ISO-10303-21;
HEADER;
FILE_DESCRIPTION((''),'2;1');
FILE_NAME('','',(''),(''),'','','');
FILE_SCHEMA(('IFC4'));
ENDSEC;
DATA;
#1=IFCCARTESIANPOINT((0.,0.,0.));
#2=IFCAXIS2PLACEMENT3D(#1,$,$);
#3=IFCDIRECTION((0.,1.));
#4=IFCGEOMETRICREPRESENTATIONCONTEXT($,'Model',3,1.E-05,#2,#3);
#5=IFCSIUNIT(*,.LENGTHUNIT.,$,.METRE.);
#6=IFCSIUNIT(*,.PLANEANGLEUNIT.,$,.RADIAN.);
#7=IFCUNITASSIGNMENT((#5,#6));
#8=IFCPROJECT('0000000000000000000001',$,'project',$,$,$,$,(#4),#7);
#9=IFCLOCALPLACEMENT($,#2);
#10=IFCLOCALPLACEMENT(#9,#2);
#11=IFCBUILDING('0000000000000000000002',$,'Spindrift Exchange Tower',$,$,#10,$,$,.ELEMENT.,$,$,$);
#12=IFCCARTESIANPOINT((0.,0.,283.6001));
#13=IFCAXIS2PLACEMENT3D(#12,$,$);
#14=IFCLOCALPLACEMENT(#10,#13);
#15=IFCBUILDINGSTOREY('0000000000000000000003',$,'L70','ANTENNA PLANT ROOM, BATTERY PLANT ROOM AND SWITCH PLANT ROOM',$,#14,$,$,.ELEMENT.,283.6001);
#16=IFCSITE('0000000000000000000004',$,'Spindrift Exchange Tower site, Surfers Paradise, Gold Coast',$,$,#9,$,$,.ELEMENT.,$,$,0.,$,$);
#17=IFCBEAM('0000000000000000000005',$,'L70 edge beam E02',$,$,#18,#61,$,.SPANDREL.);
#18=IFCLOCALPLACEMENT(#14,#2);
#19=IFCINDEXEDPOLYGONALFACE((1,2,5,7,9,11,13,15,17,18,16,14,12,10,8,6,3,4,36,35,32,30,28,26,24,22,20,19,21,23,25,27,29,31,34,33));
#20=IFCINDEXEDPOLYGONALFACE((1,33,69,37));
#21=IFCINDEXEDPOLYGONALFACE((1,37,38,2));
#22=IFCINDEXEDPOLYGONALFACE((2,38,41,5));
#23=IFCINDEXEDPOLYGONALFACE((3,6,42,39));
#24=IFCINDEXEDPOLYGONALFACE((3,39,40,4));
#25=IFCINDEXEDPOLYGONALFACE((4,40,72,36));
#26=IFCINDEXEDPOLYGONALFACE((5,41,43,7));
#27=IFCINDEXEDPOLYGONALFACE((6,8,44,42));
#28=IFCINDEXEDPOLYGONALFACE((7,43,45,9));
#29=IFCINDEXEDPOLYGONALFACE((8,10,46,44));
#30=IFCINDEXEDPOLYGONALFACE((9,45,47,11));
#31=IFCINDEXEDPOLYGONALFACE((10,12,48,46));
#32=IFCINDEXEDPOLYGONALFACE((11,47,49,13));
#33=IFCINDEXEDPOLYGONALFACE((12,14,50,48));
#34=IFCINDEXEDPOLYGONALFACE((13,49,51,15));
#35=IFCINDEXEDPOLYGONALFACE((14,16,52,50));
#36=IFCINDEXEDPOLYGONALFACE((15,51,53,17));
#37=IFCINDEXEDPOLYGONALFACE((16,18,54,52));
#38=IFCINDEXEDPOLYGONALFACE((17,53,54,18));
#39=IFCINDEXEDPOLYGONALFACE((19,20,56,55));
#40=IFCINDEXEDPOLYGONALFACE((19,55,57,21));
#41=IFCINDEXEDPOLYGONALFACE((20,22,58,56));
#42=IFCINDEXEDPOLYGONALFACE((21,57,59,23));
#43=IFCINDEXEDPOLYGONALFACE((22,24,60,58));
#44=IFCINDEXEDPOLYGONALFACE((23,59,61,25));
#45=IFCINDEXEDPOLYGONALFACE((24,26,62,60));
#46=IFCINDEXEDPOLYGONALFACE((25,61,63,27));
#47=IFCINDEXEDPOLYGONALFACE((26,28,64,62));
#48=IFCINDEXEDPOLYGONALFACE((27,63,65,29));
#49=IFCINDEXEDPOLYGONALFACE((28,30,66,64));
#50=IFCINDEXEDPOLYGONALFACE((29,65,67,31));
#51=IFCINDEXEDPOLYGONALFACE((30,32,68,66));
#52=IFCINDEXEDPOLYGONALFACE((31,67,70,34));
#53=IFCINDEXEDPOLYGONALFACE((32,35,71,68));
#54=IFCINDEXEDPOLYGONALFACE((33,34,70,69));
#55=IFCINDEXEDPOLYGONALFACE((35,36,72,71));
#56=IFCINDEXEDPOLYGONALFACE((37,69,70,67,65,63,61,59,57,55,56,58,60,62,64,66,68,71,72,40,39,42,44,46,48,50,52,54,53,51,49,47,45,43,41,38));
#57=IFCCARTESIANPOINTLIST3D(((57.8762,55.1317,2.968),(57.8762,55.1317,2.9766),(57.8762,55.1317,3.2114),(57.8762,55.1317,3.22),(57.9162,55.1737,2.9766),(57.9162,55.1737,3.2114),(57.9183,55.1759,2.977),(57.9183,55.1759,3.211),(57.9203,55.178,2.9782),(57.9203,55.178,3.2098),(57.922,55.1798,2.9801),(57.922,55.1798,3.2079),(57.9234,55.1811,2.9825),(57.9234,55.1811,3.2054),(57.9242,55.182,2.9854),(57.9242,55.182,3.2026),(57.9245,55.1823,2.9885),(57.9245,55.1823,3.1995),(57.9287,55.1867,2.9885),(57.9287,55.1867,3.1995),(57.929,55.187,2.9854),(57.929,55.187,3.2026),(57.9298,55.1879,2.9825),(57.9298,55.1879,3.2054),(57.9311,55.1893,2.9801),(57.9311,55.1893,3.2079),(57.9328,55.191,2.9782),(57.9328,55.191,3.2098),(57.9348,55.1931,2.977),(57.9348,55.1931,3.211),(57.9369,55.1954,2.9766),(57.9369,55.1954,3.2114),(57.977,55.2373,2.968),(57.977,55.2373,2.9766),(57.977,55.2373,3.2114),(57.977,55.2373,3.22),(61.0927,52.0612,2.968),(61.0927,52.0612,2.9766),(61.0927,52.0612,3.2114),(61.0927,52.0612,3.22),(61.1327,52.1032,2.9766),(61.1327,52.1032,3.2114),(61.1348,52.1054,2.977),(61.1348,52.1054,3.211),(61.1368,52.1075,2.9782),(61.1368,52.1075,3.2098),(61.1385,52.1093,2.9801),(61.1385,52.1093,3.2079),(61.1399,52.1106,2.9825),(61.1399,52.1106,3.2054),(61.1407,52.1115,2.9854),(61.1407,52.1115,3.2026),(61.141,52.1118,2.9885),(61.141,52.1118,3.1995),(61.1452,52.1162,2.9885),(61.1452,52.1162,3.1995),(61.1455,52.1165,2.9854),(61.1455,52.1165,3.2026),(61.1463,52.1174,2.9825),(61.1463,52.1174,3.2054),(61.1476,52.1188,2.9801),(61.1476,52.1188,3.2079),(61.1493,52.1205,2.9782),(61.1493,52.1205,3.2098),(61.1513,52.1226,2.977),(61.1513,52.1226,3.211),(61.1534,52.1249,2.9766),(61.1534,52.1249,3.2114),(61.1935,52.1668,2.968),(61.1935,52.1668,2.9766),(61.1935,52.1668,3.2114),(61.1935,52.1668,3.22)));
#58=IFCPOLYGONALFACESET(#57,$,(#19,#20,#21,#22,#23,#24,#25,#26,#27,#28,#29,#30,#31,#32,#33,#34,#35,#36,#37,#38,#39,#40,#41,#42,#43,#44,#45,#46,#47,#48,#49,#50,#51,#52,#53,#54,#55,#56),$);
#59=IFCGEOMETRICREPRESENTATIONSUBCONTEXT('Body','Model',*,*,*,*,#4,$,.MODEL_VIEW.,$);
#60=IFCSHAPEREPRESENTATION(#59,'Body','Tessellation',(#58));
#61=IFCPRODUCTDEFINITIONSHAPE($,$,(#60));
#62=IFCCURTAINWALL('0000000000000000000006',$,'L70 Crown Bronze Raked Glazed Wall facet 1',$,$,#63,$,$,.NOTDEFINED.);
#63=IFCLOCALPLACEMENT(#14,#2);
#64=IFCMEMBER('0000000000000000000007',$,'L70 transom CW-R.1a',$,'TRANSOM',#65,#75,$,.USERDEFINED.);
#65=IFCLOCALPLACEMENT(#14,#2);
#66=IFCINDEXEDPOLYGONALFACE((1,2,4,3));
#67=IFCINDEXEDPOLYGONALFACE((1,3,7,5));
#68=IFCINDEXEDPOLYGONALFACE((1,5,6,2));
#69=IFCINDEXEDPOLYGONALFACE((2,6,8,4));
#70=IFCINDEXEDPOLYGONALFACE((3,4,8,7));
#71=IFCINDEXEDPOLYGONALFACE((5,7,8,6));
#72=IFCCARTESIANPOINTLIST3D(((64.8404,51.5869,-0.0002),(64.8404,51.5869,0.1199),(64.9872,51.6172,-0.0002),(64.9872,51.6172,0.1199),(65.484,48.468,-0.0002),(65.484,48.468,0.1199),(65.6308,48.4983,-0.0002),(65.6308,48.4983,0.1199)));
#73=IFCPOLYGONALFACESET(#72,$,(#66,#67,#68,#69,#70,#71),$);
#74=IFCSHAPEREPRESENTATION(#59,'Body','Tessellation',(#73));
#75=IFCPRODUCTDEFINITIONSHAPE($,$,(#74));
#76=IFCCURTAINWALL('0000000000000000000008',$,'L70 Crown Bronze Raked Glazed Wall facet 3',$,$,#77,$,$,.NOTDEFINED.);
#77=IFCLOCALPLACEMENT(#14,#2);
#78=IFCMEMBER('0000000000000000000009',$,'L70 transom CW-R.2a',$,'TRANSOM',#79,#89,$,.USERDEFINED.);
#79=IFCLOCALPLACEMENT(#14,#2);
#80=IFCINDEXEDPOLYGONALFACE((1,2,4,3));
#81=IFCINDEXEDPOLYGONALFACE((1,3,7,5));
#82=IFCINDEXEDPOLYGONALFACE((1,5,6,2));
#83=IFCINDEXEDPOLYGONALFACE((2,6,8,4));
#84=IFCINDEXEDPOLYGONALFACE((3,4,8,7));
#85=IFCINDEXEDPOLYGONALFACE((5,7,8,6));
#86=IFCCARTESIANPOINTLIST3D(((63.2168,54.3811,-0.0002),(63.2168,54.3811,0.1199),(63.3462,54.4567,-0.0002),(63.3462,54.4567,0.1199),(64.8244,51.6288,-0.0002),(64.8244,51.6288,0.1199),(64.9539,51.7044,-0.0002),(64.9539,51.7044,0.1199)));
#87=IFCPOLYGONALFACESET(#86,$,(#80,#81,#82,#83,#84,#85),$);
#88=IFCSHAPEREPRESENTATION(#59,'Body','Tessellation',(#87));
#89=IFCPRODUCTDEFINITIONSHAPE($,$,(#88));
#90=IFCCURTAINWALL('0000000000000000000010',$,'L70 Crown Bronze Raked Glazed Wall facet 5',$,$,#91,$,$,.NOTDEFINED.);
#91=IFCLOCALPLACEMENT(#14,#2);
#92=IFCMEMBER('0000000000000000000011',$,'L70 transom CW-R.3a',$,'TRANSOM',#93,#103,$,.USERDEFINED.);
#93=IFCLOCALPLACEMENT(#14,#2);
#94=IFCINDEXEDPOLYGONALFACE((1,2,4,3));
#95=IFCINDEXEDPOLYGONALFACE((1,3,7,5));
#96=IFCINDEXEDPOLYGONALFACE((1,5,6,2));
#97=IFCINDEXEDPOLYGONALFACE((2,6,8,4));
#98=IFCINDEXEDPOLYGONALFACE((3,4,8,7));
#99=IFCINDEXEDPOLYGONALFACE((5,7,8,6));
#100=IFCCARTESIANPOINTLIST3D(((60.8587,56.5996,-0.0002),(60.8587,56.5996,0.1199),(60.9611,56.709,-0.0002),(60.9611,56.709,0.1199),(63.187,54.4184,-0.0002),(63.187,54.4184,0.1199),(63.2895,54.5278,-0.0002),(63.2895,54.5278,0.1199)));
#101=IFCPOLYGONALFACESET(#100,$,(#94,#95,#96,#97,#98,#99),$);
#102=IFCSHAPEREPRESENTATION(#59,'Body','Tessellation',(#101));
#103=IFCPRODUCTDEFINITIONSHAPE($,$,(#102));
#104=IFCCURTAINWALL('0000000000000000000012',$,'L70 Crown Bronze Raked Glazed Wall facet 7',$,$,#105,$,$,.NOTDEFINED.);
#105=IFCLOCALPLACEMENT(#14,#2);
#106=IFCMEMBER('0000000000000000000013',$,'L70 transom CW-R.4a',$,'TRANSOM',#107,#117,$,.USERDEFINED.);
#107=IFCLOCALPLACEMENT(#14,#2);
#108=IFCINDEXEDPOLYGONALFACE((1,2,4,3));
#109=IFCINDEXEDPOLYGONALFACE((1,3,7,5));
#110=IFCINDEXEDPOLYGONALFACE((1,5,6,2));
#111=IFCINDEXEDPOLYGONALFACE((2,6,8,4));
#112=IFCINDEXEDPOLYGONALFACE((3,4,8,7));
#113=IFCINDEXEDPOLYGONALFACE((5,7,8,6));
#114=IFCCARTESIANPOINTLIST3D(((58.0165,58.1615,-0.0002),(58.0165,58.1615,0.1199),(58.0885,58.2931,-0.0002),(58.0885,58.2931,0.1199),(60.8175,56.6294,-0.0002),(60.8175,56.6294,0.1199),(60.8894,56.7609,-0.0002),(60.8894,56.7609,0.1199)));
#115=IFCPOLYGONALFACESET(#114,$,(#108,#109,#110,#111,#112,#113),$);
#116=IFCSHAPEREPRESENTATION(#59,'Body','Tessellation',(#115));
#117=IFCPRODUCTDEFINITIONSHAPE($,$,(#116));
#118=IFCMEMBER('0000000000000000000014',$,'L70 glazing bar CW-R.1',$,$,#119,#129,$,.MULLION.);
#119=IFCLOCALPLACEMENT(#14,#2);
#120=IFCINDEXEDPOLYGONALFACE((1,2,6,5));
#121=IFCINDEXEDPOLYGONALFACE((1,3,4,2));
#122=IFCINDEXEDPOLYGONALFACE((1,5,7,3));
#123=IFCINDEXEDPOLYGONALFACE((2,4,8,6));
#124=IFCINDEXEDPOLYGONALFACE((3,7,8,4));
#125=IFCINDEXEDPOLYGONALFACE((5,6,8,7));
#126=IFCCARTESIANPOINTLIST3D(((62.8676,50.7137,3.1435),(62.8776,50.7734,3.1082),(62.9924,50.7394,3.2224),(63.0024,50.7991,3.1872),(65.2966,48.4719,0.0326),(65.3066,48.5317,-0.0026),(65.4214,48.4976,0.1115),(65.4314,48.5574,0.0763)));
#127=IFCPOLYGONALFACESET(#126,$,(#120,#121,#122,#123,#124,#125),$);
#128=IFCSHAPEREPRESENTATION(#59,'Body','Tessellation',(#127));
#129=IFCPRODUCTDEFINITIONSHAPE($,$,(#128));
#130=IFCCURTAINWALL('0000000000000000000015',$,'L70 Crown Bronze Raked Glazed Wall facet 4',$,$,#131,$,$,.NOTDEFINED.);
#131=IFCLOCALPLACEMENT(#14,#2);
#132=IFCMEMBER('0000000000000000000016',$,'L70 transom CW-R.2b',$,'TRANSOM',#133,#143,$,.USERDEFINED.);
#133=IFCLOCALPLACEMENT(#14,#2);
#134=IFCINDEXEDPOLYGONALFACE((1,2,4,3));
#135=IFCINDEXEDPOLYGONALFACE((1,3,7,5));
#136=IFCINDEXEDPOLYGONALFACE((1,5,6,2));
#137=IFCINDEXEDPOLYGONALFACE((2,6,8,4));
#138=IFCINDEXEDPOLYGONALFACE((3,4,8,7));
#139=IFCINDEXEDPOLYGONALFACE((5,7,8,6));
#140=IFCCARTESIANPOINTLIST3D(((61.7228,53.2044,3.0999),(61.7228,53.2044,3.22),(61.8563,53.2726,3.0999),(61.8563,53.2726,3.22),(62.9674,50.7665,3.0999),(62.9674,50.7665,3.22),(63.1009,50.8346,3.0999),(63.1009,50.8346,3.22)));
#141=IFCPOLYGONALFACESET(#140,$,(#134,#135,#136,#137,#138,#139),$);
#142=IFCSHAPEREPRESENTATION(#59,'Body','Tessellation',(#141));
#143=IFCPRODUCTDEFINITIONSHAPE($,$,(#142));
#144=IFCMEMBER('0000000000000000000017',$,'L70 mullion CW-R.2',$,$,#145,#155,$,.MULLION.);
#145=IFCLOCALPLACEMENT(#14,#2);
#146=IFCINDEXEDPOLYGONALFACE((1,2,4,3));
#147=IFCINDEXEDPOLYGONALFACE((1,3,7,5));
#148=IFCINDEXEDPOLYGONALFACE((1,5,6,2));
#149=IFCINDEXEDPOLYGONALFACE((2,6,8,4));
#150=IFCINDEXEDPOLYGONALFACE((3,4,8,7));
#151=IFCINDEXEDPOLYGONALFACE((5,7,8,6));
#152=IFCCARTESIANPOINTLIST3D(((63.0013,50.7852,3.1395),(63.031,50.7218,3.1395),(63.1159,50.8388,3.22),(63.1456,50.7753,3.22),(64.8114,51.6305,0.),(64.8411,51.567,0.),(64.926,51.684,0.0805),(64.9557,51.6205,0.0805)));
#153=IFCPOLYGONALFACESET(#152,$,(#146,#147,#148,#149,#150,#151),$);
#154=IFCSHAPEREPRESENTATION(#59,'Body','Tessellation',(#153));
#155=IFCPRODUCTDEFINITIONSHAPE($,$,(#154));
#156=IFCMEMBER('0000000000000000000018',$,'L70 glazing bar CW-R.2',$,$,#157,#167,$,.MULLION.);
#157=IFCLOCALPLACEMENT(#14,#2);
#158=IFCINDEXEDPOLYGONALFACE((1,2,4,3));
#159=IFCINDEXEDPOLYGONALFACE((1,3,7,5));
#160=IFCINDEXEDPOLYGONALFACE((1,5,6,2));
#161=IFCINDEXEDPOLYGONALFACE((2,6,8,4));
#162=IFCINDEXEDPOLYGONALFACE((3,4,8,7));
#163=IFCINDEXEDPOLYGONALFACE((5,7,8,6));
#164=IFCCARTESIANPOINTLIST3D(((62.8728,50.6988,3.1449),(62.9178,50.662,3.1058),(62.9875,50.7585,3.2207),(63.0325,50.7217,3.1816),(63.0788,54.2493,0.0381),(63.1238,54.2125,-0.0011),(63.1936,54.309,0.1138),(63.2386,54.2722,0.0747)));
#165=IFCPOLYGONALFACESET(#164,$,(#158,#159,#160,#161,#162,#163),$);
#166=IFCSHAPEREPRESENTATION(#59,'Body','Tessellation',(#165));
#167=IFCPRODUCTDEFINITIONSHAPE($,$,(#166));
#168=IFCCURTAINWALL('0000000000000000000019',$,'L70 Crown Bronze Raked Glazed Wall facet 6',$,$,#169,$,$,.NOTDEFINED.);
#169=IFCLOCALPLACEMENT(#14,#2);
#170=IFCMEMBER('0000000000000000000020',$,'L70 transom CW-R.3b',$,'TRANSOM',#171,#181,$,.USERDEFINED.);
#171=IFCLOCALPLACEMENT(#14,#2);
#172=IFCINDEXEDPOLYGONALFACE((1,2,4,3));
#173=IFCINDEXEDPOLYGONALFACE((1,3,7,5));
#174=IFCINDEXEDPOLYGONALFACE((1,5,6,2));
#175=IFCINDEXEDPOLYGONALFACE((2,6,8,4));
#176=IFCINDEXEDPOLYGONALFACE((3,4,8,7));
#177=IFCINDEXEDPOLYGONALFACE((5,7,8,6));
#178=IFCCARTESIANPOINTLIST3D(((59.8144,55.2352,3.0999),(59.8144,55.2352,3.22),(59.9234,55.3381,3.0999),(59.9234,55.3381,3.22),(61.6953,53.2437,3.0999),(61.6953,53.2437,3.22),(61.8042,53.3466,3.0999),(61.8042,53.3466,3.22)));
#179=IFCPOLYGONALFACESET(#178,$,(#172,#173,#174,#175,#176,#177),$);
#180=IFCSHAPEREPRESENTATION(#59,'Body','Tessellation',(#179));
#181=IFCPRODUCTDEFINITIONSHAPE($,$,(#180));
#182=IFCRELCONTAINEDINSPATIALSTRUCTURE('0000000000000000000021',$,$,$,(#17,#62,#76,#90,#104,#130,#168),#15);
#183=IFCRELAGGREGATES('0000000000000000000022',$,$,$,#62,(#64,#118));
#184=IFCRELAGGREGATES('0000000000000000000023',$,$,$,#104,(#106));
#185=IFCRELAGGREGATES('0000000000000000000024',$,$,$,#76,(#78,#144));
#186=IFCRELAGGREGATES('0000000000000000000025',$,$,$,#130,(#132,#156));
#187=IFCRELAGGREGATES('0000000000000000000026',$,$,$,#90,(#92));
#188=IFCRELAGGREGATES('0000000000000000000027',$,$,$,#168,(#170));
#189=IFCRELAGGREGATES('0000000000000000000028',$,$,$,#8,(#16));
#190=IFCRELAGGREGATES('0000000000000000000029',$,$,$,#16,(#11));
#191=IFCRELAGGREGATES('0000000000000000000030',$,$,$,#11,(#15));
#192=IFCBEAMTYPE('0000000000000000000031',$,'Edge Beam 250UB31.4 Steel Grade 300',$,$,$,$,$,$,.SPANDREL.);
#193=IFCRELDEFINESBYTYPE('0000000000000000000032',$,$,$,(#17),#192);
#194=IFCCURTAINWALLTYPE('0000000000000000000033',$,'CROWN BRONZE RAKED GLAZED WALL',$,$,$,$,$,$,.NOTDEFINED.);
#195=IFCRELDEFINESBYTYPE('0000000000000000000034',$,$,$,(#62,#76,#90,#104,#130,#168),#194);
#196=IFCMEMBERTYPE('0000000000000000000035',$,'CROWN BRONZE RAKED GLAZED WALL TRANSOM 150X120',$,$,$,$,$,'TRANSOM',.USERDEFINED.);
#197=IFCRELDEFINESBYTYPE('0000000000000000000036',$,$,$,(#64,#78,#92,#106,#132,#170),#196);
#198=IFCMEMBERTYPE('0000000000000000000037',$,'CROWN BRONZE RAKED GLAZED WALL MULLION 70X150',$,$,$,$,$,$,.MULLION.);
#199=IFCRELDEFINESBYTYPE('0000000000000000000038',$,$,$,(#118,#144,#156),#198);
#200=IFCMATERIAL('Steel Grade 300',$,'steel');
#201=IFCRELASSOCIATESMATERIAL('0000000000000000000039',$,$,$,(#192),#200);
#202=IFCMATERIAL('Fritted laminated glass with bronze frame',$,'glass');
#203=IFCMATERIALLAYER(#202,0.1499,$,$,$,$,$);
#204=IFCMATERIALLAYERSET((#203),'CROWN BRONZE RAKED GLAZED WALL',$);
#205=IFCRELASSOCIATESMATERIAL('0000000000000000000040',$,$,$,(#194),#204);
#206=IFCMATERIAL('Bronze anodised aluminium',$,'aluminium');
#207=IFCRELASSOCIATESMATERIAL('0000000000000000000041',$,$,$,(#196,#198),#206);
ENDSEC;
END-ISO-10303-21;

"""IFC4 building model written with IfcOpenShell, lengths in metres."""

from ifc_helpers import new_model, si_unit, direction, frame, origin, origin_2d, place, context, subcontext, project, spatial, rectangle, i_section, extrude, source, transform, mapped, material, layer, layer_set, material_profile, profile_set, type_object, element, aggregate, save


model = new_model("IFC4")

# Units and contexts
model_context = context("Model", 3, precision=1e-05, world=origin(), true_north=direction((0.0, 1.0)))
body_context = subcontext(model_context, "Body", "Model", "MODEL_VIEW")
ifc_project = project(units=[si_unit("LENGTHUNIT", "METRE"), si_unit("PLANEANGLEUNIT", "RADIAN")], contexts=[model_context])

# Site, building, storey
site_placement = place(None, origin())
site = spatial("IfcSite", under=ifc_project, at=site_placement, Name="Spindrift Exchange Tower site, Surfers Paradise, Gold Coast", CompositionType="ELEMENT", RefElevation=0.0)
building_placement = place(site_placement, origin())
building = spatial("IfcBuilding", under=site, at=building_placement, Name="Spindrift Exchange Tower", CompositionType="ELEMENT")
storey_placement = place(building_placement, frame((0.0, 0.0, 283.6001)))
storey = spatial("IfcBuildingStorey", under=building, at=storey_placement, Name="L70", Description="ANTENNA PLANT ROOM, BATTERY PLANT ROOM AND SWITCH PLANT ROOM", CompositionType="ELEMENT", Elevation=283.6001)

# Beam
ifc_material_1 = material(Name="Steel Grade 300", Category="steel")
ifc_material_profile_1 = material_profile(ifc_material_1, i_section(OverallWidth=0.146, OverallDepth=0.252, WebThickness=0.0061, FlangeThickness=0.0085, FilletRadius=0.012, at=origin_2d()), Name="250UB31.4")
ifc_profile_set_1 = profile_set([ifc_material_profile_1], Name="Steel Grade 300")
beam_type = type_object("IfcBeamType", Name="Edge Beam 250UB31.4 Steel Grade 300", PredefinedType="SPANDREL", material=ifc_profile_set_1)
shared_shape_1 = source(origin(), body_context, "Body", "SweptSolid", [
    extrude(i_section(OverallWidth=0.146, OverallDepth=0.252, WebThickness=0.0061, FlangeThickness=0.0085, FilletRadius=0.012, at=origin_2d()), origin(), (0.0, 0.0, 1.0), 4.4468),
])
beam_1_placement = place(storey_placement, frame((61.1431, 52.114, 3.094), z_axis=(-0.723332, 0.690501, 0.0), x_axis=(-0.690501, -0.723332, 0.0)))
element("IfcBeam", 1, at=beam_1_placement, inside=storey, type_object=beam_type, Name="L70 edge beam E02", PredefinedType="SPANDREL", context=body_context, shape_type="MappedRepresentation", body=[
    mapped(shared_shape_1, transform((0.0, 0.0, 0.0), scale=1.0)),
])

# Curtain walls, members
ifc_material_2 = material(Name="Fritted laminated glass with bronze frame", Category="glass")
ifc_layer_1 = layer(ifc_material_2, 0.1499)
ifc_layer_set_1 = layer_set([ifc_layer_1], Name="CROWN BRONZE RAKED GLAZED WALL")
curtain_wall_type = type_object("IfcCurtainWallType", Name="CROWN BRONZE RAKED GLAZED WALL", PredefinedType="NOTDEFINED", material=ifc_layer_set_1)
curtain_wall_1_placement = place(storey_placement, origin())
curtain_wall_1 = element("IfcCurtainWall", 2, at=curtain_wall_1_placement, inside=storey, type_object=curtain_wall_type, Name="L70 Crown Bronze Raked Glazed Wall facet 1", PredefinedType="NOTDEFINED")
ifc_material_3 = material(Name="Bronze anodised aluminium", Category="aluminium")
ifc_material_profile_2 = material_profile(ifc_material_3, rectangle(XDim=0.1499, YDim=0.1201, at=origin_2d()), Name="CROWN BRONZE RAKED GLAZED WALL TRANSOM 150X120")
ifc_profile_set_2 = profile_set([ifc_material_profile_2], Name="Bronze anodised aluminium")
member_type_1 = type_object("IfcMemberType", Name="CROWN BRONZE RAKED GLAZED WALL TRANSOM 150X120", ElementType="TRANSOM", PredefinedType="USERDEFINED", material=ifc_profile_set_2)
shared_shape_2 = source(origin(), body_context, "Body", "SweptSolid", [
    extrude(rectangle(XDim=0.1499, YDim=0.1201, at=origin_2d()), origin(), (0.0, 0.0, 1.0), 3.1846),
])
member_1_placement = place(storey_placement, frame((65.5574, 48.4832, 0.0598), z_axis=(-0.202083, 0.979368, 0.0), x_axis=(-0.979368, -0.202083, 0.0)))
member_1 = element("IfcMember", 3, at=member_1_placement, type_object=member_type_1, Name="L70 transom CW-R.1a", ObjectType="TRANSOM", PredefinedType="USERDEFINED", context=body_context, shape_type="MappedRepresentation", body=[
    mapped(shared_shape_2, transform((0.0, 0.0, 0.0), scale=1.0)),
])
curtain_wall_2_placement = place(storey_placement, origin())
curtain_wall_2 = element("IfcCurtainWall", 4, at=curtain_wall_2_placement, inside=storey, type_object=curtain_wall_type, Name="L70 Crown Bronze Raked Glazed Wall facet 3", PredefinedType="NOTDEFINED")
shared_shape_3 = source(origin(), body_context, "Body", "SweptSolid", [
    extrude(rectangle(XDim=0.1499, YDim=0.1201, at=origin_2d()), origin(), (0.0, 0.0, 1.0), 3.1875),
])
member_2_placement = place(storey_placement, frame((63.2815, 54.4189, 0.0598), z_axis=(0.504357, -0.863495, 0.0), x_axis=(0.863495, 0.504357, 0.0)))
member_2 = element("IfcMember", 5, at=member_2_placement, type_object=member_type_1, Name="L70 transom CW-R.2a", ObjectType="TRANSOM", PredefinedType="USERDEFINED", context=body_context, shape_type="MappedRepresentation", body=[
    mapped(shared_shape_3, transform((0.0, 0.0, 0.0), scale=1.0)),
])
curtain_wall_3_placement = place(storey_placement, origin())
curtain_wall_3 = element("IfcCurtainWall", 6, at=curtain_wall_3_placement, inside=storey, type_object=curtain_wall_type, Name="L70 Crown Bronze Raked Glazed Wall facet 5", PredefinedType="NOTDEFINED")
shared_shape_4 = source(origin(), body_context, "Body", "SweptSolid", [
    extrude(rectangle(XDim=0.1499, YDim=0.1201, at=origin_2d()), origin(), (0.0, 0.0, 1.0), 3.1904),
])
member_3_placement = place(storey_placement, frame((63.2383, 54.4731, 0.0598), z_axis=(-0.729802, 0.683659, 0.0), x_axis=(-0.683659, -0.729802, 0.0)))
member_3 = element("IfcMember", 7, at=member_3_placement, type_object=member_type_1, Name="L70 transom CW-R.3a", ObjectType="TRANSOM", PredefinedType="USERDEFINED", context=body_context, shape_type="MappedRepresentation", body=[
    mapped(shared_shape_4, transform((0.0, 0.0, 0.0), scale=1.0)),
])
curtain_wall_4_placement = place(storey_placement, origin())
curtain_wall_4 = element("IfcCurtainWall", 8, at=curtain_wall_4_placement, inside=storey, type_object=curtain_wall_type, Name="L70 Crown Bronze Raked Glazed Wall facet 7", PredefinedType="NOTDEFINED")
shared_shape_5 = source(origin(), body_context, "Body", "SweptSolid", [
    extrude(rectangle(XDim=0.1499, YDim=0.1201, at=origin_2d()), origin(), (0.0, 0.0, 1.0), 3.1926),
])
member_4_placement = place(storey_placement, frame((58.0525, 58.2273, 0.0598), z_axis=(0.877316, -0.479913, 0.0), x_axis=(0.479913, 0.877316, 0.0)))
member_4 = element("IfcMember", 9, at=member_4_placement, type_object=member_type_1, Name="L70 transom CW-R.4a", ObjectType="TRANSOM", PredefinedType="USERDEFINED", context=body_context, shape_type="MappedRepresentation", body=[
    mapped(shared_shape_5, transform((0.0, 0.0, 0.0), scale=1.0)),
])

# Member
ifc_material_profile_3 = material_profile(ifc_material_3, rectangle(XDim=0.0701, YDim=0.1499, at=origin_2d()), Name="CROWN BRONZE RAKED GLAZED WALL MULLION 70X150")
ifc_profile_set_3 = profile_set([ifc_material_profile_3], Name="Bronze anodised aluminium")
member_type_2 = type_object("IfcMemberType", Name="CROWN BRONZE RAKED GLAZED WALL MULLION 70X150", PredefinedType="MULLION", material=ifc_profile_set_3)
shared_shape_6 = source(origin(), body_context, "Body", "SweptSolid", [
    extrude(rectangle(XDim=0.0701, YDim=0.1499, at=origin_2d()), origin(), (0.0, 0.0, 1.0), 4.5391),
])
member_5_placement = place(storey_placement, frame((65.364, 48.5146, 0.0544), z_axis=(-0.535132, 0.493877, 0.685361), x_axis=(-0.142544, -0.852457, 0.502989)))
member_5 = element("IfcMember", 10, at=member_5_placement, type_object=member_type_2, Name="L70 glazing bar CW-R.1", PredefinedType="MULLION", context=body_context, shape_type="MappedRepresentation", body=[
    mapped(shared_shape_6, transform((0.0, 0.0, 0.0), scale=1.0)),
])
aggregate(curtain_wall_1, [member_1, member_5])

# Curtain wall, member
curtain_wall_5_placement = place(storey_placement, origin())
curtain_wall_5 = element("IfcCurtainWall", 11, at=curtain_wall_5_placement, inside=storey, type_object=curtain_wall_type, Name="L70 Crown Bronze Raked Glazed Wall facet 4", PredefinedType="NOTDEFINED")
shared_shape_7 = source(origin(), body_context, "Body", "SweptSolid", [
    extrude(rectangle(XDim=0.1499, YDim=0.1201, at=origin_2d()), origin(), (0.0, 0.0, 1.0), 2.7373),
])
member_6_placement = place(storey_placement, frame((61.7896, 53.2385, 3.1599), z_axis=(0.45469, -0.89065, 0.0), x_axis=(0.89065, 0.45469, 0.0)))
member_6 = element("IfcMember", 12, at=member_6_placement, type_object=member_type_1, Name="L70 transom CW-R.2b", ObjectType="TRANSOM", PredefinedType="USERDEFINED", context=body_context, shape_type="MappedRepresentation", body=[
    mapped(shared_shape_7, transform((0.0, 0.0, 0.0), scale=1.0)),
])

# Members
shared_shape_8 = source(origin(), body_context, "Body", "SweptSolid", [
    extrude(rectangle(XDim=0.0701, YDim=0.1499, at=origin_2d()), origin(), (0.0, 0.0, 1.0), 3.7212),
])
member_7_placement = place(storey_placement, frame((64.8835, 51.6255, 0.0403), z_axis=(-0.486432, -0.227141, 0.843677), x_axis=(0.4231, -0.906083, 0.0)))
member_7 = element("IfcMember", 13, at=member_7_placement, type_object=member_type_2, Name="L70 mullion CW-R.2", PredefinedType="MULLION", context=body_context, shape_type="MappedRepresentation", body=[
    mapped(shared_shape_8, transform((0.0, 0.0, 0.0), scale=1.0)),
])
shared_shape_9 = source(origin(), body_context, "Body", "SweptSolid", [
    extrude(rectangle(XDim=0.0701, YDim=0.1499, at=origin_2d()), origin(), (0.0, 0.0, 1.0), 4.7224),
])
member_8_placement = place(storey_placement, frame((63.1587, 54.2607, 0.0564), z_axis=(-0.043633, -0.751838, 0.657903), x_axis=(0.641923, -0.525701, -0.558187)))
member_8 = element("IfcMember", 14, at=member_8_placement, type_object=member_type_2, Name="L70 glazing bar CW-R.2", PredefinedType="MULLION", context=body_context, shape_type="MappedRepresentation", body=[
    mapped(shared_shape_9, transform((0.0, 0.0, 0.0), scale=1.0)),
])

# Curtain wall, member
curtain_wall_6_placement = place(storey_placement, origin())
curtain_wall_6 = element("IfcCurtainWall", 15, at=curtain_wall_6_placement, inside=storey, type_object=curtain_wall_type, Name="L70 Crown Bronze Raked Glazed Wall facet 6", PredefinedType="NOTDEFINED")
shared_shape_10 = source(origin(), body_context, "Body", "SweptSolid", [
    extrude(rectangle(XDim=0.1499, YDim=0.1201, at=origin_2d()), origin(), (0.0, 0.0, 1.0), 2.7393),
])
member_9_placement = place(storey_placement, frame((61.7498, 53.2952, 3.1599), z_axis=(-0.686631, 0.727006, 0.0), x_axis=(-0.727006, -0.686631, 0.0)))
member_9 = element("IfcMember", 16, at=member_9_placement, type_object=member_type_1, Name="L70 transom CW-R.3b", ObjectType="TRANSOM", PredefinedType="USERDEFINED", context=body_context, shape_type="MappedRepresentation", body=[
    mapped(shared_shape_10, transform((0.0, 0.0, 0.0), scale=1.0)),
])

aggregate(curtain_wall_4, [member_4])

aggregate(curtain_wall_2, [member_2, member_7])
aggregate(curtain_wall_5, [member_6, member_8])

aggregate(curtain_wall_3, [member_3])
aggregate(curtain_wall_6, [member_9])

save(model, "model.ifc")
